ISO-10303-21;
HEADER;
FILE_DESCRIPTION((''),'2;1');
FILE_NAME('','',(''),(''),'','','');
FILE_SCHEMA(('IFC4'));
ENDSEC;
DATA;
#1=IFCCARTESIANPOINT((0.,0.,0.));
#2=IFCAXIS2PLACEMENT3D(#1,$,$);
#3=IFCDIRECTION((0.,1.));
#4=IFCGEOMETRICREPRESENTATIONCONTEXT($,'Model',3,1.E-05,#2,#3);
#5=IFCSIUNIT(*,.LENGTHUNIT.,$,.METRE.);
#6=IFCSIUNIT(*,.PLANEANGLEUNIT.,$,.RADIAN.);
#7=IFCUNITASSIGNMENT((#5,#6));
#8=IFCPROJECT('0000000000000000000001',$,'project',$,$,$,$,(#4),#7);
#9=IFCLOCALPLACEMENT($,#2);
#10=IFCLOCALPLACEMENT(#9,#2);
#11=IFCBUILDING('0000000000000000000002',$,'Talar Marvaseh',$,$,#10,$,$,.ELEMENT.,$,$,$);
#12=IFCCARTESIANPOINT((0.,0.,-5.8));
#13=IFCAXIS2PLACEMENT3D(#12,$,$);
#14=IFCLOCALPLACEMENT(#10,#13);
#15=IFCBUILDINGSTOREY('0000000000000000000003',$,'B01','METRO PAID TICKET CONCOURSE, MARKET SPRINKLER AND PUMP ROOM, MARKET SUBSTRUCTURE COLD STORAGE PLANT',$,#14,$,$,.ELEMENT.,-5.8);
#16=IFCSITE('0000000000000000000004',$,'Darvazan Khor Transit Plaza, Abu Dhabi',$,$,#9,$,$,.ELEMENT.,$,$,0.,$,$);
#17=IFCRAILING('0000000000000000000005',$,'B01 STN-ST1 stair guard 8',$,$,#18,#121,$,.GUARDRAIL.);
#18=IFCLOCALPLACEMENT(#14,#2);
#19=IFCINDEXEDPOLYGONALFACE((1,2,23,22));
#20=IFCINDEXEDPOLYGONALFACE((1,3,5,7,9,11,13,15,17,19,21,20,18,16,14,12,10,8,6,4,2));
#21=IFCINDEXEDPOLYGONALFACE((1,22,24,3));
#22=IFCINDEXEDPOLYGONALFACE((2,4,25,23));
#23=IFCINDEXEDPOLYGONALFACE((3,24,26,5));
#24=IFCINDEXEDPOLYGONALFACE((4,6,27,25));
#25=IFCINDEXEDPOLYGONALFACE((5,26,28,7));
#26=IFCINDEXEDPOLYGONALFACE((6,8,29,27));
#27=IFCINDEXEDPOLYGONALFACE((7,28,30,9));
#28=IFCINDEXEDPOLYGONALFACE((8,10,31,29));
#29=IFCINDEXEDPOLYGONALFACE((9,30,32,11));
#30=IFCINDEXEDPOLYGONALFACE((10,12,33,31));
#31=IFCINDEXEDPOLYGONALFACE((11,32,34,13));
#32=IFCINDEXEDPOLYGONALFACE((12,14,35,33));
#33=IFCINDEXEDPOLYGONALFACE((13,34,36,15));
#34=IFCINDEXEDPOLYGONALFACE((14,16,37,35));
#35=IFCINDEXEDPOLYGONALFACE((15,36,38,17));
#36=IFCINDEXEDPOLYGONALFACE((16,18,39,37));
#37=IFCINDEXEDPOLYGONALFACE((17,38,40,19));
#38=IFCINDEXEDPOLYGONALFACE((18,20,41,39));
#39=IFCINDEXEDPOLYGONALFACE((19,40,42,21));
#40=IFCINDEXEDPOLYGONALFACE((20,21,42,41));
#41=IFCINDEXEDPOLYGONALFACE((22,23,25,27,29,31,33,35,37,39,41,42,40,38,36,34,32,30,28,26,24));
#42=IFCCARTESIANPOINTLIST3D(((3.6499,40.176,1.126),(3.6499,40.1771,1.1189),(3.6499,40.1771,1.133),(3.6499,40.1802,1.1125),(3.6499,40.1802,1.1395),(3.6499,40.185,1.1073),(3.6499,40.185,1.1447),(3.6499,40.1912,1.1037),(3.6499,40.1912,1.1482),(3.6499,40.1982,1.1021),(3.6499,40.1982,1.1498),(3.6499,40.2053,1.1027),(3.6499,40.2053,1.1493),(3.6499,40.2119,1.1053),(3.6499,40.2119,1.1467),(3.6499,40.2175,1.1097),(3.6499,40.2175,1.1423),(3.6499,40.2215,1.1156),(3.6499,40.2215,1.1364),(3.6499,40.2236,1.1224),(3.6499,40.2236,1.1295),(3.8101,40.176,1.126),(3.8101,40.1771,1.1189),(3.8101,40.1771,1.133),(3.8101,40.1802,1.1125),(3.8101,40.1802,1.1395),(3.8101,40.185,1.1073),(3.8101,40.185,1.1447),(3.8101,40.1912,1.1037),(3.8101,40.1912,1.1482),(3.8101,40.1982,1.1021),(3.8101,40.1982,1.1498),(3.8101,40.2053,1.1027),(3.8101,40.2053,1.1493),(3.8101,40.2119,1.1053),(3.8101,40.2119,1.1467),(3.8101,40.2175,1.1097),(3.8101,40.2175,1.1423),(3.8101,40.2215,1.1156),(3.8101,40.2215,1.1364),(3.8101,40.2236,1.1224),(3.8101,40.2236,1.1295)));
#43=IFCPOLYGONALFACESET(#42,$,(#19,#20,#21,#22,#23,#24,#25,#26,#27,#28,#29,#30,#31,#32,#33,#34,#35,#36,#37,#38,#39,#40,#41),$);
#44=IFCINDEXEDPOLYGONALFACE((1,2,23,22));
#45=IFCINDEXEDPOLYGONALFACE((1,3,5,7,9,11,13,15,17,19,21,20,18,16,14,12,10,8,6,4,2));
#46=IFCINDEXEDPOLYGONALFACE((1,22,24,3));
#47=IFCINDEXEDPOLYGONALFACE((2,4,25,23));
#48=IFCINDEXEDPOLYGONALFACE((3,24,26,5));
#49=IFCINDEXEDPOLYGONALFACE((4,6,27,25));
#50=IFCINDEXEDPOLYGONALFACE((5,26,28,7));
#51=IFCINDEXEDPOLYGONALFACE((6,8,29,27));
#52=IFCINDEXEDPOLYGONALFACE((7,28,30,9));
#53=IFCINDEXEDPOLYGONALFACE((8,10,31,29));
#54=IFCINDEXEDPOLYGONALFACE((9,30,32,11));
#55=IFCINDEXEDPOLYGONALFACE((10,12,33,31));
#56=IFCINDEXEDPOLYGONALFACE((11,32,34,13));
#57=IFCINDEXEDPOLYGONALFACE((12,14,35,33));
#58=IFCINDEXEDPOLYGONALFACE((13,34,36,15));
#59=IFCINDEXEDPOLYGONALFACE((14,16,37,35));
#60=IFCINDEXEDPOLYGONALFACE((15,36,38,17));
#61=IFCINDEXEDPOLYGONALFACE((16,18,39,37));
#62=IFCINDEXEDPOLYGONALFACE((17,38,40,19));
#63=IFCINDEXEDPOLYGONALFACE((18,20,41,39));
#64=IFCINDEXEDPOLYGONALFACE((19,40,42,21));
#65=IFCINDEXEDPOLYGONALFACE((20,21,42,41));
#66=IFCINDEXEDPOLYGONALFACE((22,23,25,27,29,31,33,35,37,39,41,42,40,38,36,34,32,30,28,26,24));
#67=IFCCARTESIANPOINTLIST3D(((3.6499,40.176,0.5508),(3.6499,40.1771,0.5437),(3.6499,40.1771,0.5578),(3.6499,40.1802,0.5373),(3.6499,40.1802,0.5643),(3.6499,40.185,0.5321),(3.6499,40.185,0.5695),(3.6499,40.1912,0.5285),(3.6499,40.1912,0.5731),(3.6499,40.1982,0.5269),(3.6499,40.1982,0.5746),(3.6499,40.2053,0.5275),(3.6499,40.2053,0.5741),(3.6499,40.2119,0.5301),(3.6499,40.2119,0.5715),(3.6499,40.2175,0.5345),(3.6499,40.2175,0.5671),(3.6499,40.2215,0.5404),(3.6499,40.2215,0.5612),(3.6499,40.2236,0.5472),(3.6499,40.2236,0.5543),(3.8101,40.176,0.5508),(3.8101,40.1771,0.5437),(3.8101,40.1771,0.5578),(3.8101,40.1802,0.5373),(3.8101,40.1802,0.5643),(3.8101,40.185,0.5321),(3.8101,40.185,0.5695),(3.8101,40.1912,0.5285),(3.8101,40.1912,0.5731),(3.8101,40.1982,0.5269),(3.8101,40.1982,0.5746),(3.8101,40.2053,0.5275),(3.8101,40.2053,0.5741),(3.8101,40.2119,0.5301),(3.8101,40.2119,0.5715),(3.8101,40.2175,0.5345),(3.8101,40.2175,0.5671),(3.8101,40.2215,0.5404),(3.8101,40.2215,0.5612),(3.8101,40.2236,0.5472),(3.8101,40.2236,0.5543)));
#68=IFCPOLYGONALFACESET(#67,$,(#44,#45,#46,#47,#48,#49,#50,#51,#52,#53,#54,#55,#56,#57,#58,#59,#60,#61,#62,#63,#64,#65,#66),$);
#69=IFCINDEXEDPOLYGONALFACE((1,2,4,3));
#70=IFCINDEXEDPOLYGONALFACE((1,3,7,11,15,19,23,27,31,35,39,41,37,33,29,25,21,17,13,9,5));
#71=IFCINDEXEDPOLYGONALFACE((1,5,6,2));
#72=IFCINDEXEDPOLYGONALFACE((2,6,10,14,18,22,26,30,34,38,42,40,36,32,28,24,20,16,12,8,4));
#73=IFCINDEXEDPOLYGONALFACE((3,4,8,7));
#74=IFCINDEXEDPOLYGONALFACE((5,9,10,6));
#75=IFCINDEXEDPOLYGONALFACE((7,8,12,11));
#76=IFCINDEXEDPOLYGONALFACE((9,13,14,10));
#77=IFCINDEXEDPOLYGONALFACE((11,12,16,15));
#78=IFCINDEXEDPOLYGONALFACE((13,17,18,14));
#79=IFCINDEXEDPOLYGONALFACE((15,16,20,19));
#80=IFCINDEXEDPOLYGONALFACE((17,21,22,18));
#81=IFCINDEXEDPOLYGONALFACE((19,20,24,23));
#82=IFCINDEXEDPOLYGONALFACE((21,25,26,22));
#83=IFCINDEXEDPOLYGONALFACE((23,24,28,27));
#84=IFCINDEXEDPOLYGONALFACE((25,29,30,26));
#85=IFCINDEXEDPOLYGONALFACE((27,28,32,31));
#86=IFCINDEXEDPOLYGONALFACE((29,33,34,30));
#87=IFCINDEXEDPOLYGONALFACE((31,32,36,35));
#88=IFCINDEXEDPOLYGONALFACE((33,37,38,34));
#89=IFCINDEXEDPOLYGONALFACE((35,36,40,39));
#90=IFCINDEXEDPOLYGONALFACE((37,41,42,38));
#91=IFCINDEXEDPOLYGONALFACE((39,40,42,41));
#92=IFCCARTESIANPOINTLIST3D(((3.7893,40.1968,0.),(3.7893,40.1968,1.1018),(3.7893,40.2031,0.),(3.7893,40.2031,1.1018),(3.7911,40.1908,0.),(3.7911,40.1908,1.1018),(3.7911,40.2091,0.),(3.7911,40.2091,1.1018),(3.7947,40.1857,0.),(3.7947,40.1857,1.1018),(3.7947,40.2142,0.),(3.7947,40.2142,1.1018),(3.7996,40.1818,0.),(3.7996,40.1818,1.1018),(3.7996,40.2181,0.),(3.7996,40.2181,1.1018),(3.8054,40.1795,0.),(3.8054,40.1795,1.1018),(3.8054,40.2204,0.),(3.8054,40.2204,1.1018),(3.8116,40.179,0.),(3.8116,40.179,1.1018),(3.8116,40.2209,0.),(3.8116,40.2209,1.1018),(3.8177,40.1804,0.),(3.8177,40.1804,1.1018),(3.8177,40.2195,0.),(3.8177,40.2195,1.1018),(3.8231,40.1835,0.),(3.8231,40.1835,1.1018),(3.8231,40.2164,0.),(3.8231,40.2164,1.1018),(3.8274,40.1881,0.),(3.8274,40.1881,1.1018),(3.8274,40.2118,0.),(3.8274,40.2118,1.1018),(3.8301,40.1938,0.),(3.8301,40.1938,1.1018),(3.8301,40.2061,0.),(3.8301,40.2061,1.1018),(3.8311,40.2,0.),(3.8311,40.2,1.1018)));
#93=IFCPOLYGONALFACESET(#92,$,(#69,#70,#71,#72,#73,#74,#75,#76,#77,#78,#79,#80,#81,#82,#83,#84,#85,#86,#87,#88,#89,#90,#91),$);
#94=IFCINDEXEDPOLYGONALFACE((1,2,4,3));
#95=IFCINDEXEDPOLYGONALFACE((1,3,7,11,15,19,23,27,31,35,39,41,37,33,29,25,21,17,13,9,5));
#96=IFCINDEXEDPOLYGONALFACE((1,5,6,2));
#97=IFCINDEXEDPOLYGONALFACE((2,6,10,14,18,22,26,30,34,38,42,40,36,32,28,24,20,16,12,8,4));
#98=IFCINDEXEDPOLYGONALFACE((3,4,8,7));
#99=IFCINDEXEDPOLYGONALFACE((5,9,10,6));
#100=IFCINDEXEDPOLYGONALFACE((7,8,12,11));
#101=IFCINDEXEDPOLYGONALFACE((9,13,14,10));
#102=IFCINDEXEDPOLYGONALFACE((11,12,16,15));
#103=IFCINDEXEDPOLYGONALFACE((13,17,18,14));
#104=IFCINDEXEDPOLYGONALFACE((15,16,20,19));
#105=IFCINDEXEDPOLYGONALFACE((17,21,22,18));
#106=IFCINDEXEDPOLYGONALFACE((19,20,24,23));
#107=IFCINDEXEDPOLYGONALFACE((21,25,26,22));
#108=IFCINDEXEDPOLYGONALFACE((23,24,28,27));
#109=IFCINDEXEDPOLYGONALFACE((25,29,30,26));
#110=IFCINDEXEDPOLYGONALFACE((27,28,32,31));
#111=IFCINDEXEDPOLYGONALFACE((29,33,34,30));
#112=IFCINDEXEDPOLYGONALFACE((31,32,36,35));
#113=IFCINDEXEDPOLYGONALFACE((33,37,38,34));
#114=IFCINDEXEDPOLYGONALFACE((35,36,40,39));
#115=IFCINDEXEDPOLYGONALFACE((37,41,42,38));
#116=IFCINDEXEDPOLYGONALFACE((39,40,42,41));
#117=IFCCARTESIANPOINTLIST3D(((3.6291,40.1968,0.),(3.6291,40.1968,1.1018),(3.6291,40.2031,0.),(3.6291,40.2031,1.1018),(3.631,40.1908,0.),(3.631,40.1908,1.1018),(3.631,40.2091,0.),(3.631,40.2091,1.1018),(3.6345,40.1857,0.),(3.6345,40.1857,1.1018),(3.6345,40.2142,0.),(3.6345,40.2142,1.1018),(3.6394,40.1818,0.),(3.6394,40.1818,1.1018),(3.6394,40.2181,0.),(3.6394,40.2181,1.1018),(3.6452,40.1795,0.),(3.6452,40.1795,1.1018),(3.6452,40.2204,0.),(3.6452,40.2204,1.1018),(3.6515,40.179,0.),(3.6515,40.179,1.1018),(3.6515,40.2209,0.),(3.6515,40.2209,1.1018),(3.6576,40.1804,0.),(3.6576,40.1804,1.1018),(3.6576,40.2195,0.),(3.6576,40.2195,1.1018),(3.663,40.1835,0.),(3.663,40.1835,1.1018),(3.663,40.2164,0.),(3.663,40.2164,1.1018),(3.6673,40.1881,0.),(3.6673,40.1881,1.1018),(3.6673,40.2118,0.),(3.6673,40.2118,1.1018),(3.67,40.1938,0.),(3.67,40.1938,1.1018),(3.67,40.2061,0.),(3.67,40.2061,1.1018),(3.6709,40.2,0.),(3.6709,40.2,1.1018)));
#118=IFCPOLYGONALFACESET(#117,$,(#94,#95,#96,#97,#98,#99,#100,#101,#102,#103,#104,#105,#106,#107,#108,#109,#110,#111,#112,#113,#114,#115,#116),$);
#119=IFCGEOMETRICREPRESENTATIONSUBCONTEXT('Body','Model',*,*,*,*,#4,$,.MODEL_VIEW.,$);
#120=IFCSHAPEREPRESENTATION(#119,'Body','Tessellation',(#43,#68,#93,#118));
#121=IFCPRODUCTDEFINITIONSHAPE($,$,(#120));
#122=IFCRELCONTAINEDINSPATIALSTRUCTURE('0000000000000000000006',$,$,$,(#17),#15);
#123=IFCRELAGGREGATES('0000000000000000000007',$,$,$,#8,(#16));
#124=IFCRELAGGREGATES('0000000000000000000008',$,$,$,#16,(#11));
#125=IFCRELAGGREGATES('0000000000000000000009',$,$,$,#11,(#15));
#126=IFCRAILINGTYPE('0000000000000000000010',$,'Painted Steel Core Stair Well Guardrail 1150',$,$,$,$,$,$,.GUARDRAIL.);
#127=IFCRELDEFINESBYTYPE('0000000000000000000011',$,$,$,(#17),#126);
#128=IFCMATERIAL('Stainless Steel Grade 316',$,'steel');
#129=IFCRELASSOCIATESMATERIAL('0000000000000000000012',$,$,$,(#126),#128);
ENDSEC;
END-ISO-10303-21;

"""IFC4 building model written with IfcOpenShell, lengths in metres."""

from ifc_helpers import new_model, si_unit, direction, frame, origin, origin_2d, place, context, subcontext, project, spatial, circle, extrude, material, type_object, element, save


model = new_model("IFC4")

# Units and contexts
model_context = context("Model", 3, precision=1e-05, world=origin(), true_north=direction((0.0, 1.0)))
body_context = subcontext(model_context, "Body", "Model", "MODEL_VIEW")
ifc_project = project(units=[si_unit("LENGTHUNIT", "METRE"), si_unit("PLANEANGLEUNIT", "RADIAN")], contexts=[model_context])

# Site, building, storey
site_placement = place(None, origin())
site = spatial("IfcSite", under=ifc_project, at=site_placement, Name="Darvazan Khor Transit Plaza, Abu Dhabi", CompositionType="ELEMENT", RefElevation=0.0)
building_placement = place(site_placement, origin())
building = spatial("IfcBuilding", under=site, at=building_placement, Name="Talar Marvaseh", CompositionType="ELEMENT")
storey_placement = place(building_placement, frame((0.0, 0.0, -5.8)))
storey = spatial("IfcBuildingStorey", under=building, at=storey_placement, Name="B01", Description="METRO PAID TICKET CONCOURSE, MARKET SPRINKLER AND PUMP ROOM, MARKET SUBSTRUCTURE COLD STORAGE PLANT", CompositionType="ELEMENT", Elevation=-5.8)

# Railing
ifc_material_1 = material(Name="Stainless Steel Grade 316", Category="steel")
railing_type_1 = type_object("IfcRailingType", Name="Painted Steel Core Stair Well Guardrail 1150", PredefinedType="GUARDRAIL", material=ifc_material_1)
railing_1_placement = place(storey_placement, frame((3.8101, 40.2, 0.0)))
element("IfcRailing", 1, at=railing_1_placement, inside=storey, type_object=railing_type_1, Name="B01 STN-ST1 stair guard 8", PredefinedType="GUARDRAIL", context=body_context, shape_type="SweptSolid", body=[
    extrude(circle(Radius=0.0239, at=origin_2d()), frame((0.0, 0.0, 1.126), z_axis=(-1.0, 0.0, 0.0), x_axis=(0.0, -1.0, 0.0)), (0.0, 0.0, 1.0), 0.1602),
    extrude(circle(Radius=0.0239, at=origin_2d()), frame((0.0, 0.0, 0.5508), z_axis=(-1.0, 0.0, 0.0), x_axis=(0.0, -1.0, 0.0)), (0.0, 0.0, 1.0), 0.1602),
    extrude(circle(Radius=0.021, at=origin_2d()), origin(), (0.0, 0.0, 1.0), 1.1018),
    extrude(circle(Radius=0.021, at=origin_2d()), frame((-0.1602, 0.0, 0.0)), (0.0, 0.0, 1.0), 1.1018),
])

save(model, "model.ifc")
